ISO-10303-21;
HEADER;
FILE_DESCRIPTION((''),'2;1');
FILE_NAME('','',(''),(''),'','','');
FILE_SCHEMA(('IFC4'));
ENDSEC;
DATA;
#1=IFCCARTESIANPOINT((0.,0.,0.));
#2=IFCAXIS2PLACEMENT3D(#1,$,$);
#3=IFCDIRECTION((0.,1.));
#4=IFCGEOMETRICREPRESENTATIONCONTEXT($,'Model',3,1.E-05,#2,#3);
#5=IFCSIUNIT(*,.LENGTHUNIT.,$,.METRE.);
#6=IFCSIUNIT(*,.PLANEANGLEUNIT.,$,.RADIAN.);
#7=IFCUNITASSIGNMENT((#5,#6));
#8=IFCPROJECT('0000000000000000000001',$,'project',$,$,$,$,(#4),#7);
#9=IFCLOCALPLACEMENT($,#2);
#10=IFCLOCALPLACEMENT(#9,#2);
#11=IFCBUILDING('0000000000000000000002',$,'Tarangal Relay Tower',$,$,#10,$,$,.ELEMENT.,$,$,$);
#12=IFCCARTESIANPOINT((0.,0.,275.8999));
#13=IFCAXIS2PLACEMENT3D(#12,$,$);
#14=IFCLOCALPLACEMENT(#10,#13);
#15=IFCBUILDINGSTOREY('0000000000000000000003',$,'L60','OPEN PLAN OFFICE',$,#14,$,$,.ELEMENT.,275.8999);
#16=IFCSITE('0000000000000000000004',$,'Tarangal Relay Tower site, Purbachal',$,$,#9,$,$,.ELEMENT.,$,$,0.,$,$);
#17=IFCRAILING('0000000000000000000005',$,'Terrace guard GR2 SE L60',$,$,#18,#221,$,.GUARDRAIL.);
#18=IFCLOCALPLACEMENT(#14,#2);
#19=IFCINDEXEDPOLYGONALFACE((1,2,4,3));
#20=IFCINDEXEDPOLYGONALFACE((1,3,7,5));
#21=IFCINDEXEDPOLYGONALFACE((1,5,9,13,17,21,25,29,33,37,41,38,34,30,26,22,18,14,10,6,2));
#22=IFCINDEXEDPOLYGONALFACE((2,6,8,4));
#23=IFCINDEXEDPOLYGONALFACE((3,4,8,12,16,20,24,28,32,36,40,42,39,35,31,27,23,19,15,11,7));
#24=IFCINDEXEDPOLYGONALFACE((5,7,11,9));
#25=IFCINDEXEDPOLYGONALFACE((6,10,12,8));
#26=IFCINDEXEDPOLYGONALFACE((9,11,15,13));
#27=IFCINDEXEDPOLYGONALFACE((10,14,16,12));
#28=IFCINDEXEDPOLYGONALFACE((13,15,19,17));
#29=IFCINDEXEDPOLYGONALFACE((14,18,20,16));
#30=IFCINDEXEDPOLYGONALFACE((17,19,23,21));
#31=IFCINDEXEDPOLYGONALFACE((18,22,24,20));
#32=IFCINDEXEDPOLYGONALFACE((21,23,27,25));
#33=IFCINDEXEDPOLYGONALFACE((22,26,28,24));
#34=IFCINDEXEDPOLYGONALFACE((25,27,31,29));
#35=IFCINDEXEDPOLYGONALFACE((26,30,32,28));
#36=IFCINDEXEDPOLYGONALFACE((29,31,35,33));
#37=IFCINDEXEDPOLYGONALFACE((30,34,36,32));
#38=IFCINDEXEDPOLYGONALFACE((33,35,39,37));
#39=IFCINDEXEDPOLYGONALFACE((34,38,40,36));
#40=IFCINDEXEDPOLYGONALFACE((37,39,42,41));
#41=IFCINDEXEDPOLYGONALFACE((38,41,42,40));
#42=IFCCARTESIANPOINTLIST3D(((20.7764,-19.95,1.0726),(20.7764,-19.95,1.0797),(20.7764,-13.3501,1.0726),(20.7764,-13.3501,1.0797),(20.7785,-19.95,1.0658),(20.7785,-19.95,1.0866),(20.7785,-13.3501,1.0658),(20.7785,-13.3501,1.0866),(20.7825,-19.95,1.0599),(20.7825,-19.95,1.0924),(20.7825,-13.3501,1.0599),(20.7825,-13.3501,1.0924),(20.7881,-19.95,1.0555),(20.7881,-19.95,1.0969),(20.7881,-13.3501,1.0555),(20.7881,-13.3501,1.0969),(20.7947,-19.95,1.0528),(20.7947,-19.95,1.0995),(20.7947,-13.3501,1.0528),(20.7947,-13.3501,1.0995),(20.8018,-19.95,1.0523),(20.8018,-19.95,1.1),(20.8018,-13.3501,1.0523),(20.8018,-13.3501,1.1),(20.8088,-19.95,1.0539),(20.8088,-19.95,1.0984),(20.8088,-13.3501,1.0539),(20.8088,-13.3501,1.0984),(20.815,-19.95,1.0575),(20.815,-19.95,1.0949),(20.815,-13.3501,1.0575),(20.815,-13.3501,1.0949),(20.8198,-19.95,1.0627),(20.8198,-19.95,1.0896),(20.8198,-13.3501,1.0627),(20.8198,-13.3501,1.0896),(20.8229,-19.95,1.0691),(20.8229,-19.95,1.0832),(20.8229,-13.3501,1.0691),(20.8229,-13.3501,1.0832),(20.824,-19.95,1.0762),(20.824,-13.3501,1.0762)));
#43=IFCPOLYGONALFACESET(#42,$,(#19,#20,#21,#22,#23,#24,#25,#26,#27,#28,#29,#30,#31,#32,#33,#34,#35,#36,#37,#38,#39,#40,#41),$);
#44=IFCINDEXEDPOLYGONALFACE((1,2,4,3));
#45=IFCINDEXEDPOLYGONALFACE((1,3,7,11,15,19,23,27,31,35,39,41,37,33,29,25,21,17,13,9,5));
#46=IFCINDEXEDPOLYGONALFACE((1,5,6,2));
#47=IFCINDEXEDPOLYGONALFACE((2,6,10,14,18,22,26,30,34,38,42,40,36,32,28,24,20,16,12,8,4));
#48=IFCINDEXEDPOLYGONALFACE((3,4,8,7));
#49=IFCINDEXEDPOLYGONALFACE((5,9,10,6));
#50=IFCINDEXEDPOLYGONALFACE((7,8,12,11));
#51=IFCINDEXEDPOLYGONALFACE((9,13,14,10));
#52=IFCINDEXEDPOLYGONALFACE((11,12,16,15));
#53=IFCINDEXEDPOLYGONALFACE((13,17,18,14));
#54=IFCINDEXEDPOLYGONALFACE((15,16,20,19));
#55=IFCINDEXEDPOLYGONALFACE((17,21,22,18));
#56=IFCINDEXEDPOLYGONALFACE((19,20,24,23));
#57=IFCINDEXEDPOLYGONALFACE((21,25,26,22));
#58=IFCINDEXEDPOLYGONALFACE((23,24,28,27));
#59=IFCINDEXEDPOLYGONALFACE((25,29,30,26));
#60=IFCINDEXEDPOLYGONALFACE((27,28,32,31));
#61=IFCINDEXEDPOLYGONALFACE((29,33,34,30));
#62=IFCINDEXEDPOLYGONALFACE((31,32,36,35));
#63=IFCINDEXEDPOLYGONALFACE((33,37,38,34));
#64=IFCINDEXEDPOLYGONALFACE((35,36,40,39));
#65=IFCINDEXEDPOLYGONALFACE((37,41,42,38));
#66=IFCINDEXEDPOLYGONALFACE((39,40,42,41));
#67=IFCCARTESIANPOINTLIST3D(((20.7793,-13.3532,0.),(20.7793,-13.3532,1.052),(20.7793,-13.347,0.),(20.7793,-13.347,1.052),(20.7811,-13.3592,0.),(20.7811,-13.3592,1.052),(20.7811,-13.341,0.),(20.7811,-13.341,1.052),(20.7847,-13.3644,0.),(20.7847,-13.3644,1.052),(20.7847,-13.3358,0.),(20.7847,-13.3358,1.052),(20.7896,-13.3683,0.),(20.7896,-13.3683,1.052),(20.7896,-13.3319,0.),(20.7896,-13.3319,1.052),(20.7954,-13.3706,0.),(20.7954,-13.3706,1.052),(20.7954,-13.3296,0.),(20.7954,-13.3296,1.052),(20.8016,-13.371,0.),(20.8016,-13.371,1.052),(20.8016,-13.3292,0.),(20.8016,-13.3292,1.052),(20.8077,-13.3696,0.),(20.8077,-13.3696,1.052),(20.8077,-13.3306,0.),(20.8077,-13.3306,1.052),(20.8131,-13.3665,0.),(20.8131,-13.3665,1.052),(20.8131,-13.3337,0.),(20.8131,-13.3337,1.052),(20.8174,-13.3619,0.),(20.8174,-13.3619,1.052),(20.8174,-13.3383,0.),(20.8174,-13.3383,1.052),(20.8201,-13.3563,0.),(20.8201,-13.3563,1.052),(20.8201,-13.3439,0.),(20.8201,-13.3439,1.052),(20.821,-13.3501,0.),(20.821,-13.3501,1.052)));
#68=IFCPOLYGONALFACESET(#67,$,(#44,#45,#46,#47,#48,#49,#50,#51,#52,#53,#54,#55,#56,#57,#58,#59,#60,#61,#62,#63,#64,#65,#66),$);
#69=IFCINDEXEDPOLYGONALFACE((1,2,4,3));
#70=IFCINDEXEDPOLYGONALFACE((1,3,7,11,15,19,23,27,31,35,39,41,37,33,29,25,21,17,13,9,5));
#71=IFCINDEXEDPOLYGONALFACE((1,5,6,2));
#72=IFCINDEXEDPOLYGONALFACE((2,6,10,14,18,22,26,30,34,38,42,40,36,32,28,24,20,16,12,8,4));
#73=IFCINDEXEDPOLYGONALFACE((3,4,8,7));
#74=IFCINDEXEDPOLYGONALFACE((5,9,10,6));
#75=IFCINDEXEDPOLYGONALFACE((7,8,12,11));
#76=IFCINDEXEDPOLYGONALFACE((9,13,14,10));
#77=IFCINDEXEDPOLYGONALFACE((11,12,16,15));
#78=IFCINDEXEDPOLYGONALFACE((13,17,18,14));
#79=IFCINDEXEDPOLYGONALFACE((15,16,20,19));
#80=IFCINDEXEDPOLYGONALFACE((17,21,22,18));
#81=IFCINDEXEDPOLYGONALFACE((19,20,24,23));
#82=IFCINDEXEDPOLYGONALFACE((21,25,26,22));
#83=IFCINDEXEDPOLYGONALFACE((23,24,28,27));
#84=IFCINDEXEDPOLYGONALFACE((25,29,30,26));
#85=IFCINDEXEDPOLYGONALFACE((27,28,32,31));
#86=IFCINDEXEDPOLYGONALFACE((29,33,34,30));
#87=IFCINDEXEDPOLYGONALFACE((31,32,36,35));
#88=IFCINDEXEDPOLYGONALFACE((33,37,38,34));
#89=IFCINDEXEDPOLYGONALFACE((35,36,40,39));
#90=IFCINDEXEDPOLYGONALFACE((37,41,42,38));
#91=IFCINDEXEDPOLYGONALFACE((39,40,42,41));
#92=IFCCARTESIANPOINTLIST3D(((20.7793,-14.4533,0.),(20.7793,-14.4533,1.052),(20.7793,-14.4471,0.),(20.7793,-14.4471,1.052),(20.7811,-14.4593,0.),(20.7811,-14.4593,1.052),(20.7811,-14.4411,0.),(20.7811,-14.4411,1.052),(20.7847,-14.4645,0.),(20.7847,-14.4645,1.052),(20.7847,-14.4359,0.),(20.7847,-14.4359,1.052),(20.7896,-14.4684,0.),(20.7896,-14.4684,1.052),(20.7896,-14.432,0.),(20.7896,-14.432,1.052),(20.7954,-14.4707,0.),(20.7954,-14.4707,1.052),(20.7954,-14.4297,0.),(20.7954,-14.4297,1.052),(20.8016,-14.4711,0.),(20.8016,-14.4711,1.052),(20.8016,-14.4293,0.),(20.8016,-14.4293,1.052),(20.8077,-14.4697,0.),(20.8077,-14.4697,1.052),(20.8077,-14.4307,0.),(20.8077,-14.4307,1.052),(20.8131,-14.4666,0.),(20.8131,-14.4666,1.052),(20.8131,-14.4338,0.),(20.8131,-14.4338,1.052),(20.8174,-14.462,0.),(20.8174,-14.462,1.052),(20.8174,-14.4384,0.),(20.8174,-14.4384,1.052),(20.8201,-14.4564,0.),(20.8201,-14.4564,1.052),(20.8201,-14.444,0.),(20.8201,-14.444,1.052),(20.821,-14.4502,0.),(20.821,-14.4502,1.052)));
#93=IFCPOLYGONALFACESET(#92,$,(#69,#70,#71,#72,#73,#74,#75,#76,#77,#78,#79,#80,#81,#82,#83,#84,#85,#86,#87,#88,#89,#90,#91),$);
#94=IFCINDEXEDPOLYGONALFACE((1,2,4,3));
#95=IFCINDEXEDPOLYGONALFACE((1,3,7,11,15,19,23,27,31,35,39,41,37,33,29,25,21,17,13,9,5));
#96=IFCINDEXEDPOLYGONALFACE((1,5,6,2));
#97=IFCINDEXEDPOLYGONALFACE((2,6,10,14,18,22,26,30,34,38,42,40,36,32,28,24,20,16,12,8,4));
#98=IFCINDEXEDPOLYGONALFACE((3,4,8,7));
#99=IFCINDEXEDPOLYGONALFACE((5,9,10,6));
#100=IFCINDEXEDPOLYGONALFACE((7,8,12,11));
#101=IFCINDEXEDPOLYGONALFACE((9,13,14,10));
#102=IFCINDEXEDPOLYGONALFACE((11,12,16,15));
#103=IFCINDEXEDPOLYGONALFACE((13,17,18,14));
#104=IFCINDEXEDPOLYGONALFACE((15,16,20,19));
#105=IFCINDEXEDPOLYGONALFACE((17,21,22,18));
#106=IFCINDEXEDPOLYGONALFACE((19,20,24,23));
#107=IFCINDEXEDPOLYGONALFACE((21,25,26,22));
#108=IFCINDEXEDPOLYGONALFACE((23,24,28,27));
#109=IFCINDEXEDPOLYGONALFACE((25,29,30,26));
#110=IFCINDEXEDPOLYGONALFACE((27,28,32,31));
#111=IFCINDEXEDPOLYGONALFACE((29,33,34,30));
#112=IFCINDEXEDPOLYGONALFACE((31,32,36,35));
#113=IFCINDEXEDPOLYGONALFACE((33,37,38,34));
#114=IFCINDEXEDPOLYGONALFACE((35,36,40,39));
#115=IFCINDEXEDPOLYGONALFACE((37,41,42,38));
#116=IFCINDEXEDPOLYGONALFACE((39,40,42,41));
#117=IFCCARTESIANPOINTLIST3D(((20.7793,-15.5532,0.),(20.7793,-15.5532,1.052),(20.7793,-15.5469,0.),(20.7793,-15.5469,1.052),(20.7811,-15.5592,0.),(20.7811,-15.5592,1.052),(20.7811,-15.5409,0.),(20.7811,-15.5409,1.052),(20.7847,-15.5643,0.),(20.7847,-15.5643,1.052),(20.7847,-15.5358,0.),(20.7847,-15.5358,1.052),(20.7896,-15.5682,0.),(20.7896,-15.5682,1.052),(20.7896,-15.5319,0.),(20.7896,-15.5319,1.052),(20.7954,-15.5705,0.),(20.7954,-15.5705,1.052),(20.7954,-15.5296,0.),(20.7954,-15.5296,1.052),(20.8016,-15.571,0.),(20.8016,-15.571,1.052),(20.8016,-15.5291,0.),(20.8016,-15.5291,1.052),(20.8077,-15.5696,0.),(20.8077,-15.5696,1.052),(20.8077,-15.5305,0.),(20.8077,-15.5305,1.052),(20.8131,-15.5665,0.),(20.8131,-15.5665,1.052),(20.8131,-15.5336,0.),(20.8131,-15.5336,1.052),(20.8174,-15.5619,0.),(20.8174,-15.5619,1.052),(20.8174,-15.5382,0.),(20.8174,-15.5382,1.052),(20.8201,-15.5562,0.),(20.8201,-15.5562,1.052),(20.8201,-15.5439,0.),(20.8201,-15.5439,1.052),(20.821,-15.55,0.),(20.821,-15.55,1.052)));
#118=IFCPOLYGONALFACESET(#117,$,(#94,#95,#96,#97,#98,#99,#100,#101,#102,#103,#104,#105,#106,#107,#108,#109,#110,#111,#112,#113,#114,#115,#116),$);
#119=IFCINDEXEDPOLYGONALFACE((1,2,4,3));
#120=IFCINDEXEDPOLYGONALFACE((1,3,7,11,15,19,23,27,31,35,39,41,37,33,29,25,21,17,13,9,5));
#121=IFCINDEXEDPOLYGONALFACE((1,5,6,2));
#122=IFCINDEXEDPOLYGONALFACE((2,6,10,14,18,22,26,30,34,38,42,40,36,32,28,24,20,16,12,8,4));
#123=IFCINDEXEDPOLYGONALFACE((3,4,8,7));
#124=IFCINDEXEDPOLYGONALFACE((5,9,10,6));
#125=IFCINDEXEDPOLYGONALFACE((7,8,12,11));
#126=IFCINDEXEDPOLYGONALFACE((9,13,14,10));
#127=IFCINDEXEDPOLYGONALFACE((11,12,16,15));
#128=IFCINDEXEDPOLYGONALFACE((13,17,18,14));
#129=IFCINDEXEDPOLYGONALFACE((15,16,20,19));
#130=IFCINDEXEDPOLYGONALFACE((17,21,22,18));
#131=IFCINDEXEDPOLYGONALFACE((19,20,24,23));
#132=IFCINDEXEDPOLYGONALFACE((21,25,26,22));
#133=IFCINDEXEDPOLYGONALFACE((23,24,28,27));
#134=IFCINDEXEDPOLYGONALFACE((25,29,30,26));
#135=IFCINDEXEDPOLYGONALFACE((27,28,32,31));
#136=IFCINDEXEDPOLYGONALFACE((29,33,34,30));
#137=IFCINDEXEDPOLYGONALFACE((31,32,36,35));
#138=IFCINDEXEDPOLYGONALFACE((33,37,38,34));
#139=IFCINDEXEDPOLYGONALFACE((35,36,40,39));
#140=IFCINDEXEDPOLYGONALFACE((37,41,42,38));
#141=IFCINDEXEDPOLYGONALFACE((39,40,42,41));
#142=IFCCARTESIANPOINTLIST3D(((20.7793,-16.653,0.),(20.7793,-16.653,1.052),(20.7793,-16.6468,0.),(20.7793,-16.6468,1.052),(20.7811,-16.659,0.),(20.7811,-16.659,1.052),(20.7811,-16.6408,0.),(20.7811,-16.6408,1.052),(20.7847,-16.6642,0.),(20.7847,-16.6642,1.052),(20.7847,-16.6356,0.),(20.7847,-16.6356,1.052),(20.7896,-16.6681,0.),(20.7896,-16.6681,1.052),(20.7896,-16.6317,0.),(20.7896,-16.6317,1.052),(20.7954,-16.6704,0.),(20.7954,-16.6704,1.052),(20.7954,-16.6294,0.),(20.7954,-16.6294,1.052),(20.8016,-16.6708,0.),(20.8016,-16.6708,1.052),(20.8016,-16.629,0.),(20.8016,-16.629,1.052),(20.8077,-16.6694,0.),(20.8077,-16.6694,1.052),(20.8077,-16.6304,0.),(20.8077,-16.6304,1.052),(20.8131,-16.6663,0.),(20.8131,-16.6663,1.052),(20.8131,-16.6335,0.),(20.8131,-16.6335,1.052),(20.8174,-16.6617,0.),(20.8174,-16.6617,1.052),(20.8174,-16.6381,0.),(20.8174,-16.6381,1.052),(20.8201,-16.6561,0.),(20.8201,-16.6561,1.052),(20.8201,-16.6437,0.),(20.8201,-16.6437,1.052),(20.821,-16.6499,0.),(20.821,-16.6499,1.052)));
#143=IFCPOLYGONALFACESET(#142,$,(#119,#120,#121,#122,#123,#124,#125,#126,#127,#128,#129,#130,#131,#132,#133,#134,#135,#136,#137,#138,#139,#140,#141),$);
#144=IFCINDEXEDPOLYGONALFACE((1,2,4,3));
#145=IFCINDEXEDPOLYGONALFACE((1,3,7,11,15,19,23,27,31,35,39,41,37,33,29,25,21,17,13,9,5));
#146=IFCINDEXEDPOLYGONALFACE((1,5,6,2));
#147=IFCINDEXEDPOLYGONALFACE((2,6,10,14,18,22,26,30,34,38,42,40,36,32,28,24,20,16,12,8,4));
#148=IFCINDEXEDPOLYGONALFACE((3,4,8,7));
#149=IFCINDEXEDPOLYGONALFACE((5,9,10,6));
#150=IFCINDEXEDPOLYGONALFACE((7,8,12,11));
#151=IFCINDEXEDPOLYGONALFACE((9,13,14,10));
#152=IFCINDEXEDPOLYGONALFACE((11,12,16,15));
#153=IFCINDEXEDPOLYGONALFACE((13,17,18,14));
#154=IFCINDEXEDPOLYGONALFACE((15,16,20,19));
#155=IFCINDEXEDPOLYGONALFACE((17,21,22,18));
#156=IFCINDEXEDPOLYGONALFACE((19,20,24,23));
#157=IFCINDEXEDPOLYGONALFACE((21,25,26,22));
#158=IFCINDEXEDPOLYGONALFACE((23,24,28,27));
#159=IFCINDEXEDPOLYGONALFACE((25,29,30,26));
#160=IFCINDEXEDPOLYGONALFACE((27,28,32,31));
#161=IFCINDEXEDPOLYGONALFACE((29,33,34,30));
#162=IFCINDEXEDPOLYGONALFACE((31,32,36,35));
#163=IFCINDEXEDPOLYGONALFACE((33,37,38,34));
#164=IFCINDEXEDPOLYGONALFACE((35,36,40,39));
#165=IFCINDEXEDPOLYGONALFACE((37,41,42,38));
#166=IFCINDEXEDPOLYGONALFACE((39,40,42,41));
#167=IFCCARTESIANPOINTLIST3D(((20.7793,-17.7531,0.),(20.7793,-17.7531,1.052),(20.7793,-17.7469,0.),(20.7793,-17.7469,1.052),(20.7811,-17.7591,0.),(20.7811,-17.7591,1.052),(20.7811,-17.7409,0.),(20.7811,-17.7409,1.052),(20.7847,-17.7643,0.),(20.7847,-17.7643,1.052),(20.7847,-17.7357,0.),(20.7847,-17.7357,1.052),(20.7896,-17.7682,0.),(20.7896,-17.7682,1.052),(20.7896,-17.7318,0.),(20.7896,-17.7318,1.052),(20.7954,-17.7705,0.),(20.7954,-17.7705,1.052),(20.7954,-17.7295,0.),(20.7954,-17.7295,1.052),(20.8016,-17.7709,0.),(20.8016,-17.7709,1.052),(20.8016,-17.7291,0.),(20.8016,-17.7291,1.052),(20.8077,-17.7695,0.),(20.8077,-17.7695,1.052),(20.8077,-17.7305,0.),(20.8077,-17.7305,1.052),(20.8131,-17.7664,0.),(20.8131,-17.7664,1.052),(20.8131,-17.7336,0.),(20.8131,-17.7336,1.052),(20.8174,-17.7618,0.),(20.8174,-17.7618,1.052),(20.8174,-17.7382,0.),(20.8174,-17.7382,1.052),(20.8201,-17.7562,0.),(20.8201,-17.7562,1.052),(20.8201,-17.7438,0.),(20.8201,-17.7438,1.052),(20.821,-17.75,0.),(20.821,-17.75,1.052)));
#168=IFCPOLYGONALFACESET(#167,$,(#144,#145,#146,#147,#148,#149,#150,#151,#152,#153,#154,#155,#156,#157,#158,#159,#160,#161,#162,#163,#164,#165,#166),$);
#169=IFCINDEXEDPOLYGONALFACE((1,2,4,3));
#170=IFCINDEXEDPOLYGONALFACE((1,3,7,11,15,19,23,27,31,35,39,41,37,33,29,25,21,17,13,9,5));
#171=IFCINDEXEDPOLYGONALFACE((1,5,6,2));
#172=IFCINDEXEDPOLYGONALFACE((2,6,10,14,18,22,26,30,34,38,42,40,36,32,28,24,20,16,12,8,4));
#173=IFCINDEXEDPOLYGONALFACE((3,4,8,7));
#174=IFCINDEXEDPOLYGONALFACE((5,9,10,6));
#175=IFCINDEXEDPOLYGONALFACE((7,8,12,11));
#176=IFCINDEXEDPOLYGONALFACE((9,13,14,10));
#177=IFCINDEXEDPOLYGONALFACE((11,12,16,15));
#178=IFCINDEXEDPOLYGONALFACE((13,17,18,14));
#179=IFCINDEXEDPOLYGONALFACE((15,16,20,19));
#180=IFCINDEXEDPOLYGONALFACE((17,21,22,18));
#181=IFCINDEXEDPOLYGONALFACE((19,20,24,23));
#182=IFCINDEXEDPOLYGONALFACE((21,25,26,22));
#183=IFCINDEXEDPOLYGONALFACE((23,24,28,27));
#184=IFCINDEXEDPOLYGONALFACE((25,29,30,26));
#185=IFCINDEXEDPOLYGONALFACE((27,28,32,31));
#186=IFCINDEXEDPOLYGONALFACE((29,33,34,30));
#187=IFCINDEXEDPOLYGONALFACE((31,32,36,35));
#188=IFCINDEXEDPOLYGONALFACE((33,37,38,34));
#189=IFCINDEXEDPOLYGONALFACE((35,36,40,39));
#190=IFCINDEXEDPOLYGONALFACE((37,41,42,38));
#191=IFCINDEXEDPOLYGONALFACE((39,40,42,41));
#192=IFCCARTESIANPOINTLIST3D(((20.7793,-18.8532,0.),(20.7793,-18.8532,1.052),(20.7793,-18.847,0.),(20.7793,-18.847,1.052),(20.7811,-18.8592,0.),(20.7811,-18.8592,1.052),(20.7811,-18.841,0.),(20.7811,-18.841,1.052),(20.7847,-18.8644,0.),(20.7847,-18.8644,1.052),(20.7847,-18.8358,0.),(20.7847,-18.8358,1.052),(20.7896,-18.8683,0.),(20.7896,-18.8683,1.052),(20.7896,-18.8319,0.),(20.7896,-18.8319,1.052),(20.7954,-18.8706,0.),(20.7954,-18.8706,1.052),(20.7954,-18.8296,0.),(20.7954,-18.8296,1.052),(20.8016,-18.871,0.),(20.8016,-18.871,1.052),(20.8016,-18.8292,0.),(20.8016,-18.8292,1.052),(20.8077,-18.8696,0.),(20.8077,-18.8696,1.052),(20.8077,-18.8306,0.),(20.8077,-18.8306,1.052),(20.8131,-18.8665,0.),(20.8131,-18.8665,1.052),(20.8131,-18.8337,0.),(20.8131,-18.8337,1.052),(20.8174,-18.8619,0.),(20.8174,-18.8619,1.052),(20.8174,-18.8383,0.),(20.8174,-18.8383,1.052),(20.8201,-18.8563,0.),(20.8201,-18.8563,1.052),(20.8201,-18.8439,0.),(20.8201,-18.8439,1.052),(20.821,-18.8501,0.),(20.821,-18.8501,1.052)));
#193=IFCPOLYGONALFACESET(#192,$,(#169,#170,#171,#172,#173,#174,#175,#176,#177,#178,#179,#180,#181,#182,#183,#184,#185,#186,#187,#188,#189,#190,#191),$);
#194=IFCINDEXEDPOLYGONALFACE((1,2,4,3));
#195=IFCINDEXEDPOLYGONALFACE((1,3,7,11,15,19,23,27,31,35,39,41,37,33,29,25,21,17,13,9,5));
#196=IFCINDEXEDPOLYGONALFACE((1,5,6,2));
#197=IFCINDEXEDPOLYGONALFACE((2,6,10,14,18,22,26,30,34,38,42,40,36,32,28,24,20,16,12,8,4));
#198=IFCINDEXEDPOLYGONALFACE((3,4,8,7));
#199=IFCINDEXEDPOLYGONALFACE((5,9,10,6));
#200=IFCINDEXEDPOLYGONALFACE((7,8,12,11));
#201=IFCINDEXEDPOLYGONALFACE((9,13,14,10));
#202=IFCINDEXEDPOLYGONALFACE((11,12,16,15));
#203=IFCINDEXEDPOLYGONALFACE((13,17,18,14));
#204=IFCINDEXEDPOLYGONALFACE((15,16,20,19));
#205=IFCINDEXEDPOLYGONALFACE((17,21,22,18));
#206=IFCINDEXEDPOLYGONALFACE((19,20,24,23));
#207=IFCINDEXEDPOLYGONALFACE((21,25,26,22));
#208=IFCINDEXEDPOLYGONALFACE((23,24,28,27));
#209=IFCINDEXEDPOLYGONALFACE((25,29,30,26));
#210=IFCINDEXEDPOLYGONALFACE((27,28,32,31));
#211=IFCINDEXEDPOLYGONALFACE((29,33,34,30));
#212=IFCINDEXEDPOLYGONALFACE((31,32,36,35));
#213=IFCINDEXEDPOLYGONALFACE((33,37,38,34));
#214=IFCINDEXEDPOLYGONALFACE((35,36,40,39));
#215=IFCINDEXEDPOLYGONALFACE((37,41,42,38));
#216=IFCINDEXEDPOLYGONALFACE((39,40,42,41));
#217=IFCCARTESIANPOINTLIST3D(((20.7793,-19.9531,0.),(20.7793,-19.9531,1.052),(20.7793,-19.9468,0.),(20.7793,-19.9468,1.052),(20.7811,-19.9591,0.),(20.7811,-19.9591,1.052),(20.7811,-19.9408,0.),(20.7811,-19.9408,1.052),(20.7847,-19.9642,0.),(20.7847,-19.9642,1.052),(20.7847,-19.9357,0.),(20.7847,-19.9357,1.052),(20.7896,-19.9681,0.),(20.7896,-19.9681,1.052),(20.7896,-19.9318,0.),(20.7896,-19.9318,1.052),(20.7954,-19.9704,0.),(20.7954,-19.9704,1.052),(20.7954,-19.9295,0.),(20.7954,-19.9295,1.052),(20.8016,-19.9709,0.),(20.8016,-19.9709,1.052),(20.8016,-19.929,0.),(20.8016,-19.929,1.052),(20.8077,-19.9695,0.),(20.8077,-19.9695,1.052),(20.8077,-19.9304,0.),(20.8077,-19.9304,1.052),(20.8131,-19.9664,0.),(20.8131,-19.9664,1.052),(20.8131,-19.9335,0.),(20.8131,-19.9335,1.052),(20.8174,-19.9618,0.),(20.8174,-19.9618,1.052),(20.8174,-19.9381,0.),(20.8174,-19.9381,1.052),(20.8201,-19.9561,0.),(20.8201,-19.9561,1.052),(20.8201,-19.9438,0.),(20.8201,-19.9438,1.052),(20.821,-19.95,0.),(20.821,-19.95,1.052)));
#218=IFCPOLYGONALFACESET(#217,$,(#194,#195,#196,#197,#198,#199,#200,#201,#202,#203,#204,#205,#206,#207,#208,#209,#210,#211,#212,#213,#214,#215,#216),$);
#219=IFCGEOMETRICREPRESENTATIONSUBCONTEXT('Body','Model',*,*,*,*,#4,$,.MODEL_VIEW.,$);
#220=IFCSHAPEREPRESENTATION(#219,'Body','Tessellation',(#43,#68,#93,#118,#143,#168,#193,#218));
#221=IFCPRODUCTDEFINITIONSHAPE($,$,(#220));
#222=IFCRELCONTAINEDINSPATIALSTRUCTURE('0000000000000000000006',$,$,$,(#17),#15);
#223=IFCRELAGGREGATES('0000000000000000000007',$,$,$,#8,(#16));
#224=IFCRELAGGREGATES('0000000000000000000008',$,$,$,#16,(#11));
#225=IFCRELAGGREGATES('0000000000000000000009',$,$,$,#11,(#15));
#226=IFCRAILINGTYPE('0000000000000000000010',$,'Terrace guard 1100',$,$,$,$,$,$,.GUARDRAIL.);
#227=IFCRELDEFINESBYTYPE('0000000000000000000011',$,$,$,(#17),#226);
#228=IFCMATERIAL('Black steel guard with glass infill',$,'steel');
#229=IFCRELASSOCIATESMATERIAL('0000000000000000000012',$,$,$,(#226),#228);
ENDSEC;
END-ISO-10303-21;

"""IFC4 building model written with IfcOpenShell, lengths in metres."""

from ifc_helpers import new_model, si_unit, direction, frame, origin, origin_2d, place, context, subcontext, project, spatial, circle, extrude, material, type_object, element, save


model = new_model("IFC4")

# Units and contexts
model_context = context("Model", 3, precision=1e-05, world=origin(), true_north=direction((0.0, 1.0)))
body_context = subcontext(model_context, "Body", "Model", "MODEL_VIEW")
ifc_project = project(units=[si_unit("LENGTHUNIT", "METRE"), si_unit("PLANEANGLEUNIT", "RADIAN")], contexts=[model_context])

# Site, building, storey
site_placement = place(None, origin())
site = spatial("IfcSite", under=ifc_project, at=site_placement, Name="Tarangal Relay Tower site, Purbachal", CompositionType="ELEMENT", RefElevation=0.0)
building_placement = place(site_placement, origin())
building = spatial("IfcBuilding", under=site, at=building_placement, Name="Tarangal Relay Tower", CompositionType="ELEMENT")
storey_placement = place(building_placement, frame((0.0, 0.0, 275.8999)))
storey = spatial("IfcBuildingStorey", under=building, at=storey_placement, Name="L60", Description="OPEN PLAN OFFICE", CompositionType="ELEMENT", Elevation=275.8999)

# Railing
ifc_material_1 = material(Name="Black steel guard with glass infill", Category="steel")
railing_type = type_object("IfcRailingType", Name="Terrace guard 1100", PredefinedType="GUARDRAIL", material=ifc_material_1)
railing_1_placement = place(storey_placement, frame((20.8, -13.3501, 0.0)))
element("IfcRailing", 1, at=railing_1_placement, inside=storey, type_object=railing_type, Name="Terrace guard GR2 SE L60", PredefinedType="GUARDRAIL", context=body_context, shape_type="SweptSolid", body=[
    extrude(circle(Radius=0.0239, at=origin_2d()), frame((0.0, 0.0, 1.0762), z_axis=(0.0, -1.0, 0.0), x_axis=(1.0, 0.0, 0.0)), (0.0, 0.0, 1.0), 6.5999),
    extrude(circle(Radius=0.021, at=origin_2d()), origin(), (0.0, 0.0, 1.0), 1.052),
    extrude(circle(Radius=0.021, at=origin_2d()), frame((0.0, -1.1001, 0.0)), (0.0, 0.0, 1.0), 1.052),
    extrude(circle(Radius=0.021, at=origin_2d()), frame((0.0, -2.2, 0.0)), (0.0, 0.0, 1.0), 1.052),
    extrude(circle(Radius=0.021, at=origin_2d()), frame((0.0, -3.2998, 0.0)), (0.0, 0.0, 1.0), 1.052),
    extrude(circle(Radius=0.021, at=origin_2d()), frame((0.0, -4.3999, 0.0)), (0.0, 0.0, 1.0), 1.052),
    extrude(circle(Radius=0.021, at=origin_2d()), frame((0.0, -5.5, 0.0)), (0.0, 0.0, 1.0), 1.052),
    extrude(circle(Radius=0.021, at=origin_2d()), frame((0.0, -6.5999, 0.0)), (0.0, 0.0, 1.0), 1.052),
])

save(model, "model.ifc")
